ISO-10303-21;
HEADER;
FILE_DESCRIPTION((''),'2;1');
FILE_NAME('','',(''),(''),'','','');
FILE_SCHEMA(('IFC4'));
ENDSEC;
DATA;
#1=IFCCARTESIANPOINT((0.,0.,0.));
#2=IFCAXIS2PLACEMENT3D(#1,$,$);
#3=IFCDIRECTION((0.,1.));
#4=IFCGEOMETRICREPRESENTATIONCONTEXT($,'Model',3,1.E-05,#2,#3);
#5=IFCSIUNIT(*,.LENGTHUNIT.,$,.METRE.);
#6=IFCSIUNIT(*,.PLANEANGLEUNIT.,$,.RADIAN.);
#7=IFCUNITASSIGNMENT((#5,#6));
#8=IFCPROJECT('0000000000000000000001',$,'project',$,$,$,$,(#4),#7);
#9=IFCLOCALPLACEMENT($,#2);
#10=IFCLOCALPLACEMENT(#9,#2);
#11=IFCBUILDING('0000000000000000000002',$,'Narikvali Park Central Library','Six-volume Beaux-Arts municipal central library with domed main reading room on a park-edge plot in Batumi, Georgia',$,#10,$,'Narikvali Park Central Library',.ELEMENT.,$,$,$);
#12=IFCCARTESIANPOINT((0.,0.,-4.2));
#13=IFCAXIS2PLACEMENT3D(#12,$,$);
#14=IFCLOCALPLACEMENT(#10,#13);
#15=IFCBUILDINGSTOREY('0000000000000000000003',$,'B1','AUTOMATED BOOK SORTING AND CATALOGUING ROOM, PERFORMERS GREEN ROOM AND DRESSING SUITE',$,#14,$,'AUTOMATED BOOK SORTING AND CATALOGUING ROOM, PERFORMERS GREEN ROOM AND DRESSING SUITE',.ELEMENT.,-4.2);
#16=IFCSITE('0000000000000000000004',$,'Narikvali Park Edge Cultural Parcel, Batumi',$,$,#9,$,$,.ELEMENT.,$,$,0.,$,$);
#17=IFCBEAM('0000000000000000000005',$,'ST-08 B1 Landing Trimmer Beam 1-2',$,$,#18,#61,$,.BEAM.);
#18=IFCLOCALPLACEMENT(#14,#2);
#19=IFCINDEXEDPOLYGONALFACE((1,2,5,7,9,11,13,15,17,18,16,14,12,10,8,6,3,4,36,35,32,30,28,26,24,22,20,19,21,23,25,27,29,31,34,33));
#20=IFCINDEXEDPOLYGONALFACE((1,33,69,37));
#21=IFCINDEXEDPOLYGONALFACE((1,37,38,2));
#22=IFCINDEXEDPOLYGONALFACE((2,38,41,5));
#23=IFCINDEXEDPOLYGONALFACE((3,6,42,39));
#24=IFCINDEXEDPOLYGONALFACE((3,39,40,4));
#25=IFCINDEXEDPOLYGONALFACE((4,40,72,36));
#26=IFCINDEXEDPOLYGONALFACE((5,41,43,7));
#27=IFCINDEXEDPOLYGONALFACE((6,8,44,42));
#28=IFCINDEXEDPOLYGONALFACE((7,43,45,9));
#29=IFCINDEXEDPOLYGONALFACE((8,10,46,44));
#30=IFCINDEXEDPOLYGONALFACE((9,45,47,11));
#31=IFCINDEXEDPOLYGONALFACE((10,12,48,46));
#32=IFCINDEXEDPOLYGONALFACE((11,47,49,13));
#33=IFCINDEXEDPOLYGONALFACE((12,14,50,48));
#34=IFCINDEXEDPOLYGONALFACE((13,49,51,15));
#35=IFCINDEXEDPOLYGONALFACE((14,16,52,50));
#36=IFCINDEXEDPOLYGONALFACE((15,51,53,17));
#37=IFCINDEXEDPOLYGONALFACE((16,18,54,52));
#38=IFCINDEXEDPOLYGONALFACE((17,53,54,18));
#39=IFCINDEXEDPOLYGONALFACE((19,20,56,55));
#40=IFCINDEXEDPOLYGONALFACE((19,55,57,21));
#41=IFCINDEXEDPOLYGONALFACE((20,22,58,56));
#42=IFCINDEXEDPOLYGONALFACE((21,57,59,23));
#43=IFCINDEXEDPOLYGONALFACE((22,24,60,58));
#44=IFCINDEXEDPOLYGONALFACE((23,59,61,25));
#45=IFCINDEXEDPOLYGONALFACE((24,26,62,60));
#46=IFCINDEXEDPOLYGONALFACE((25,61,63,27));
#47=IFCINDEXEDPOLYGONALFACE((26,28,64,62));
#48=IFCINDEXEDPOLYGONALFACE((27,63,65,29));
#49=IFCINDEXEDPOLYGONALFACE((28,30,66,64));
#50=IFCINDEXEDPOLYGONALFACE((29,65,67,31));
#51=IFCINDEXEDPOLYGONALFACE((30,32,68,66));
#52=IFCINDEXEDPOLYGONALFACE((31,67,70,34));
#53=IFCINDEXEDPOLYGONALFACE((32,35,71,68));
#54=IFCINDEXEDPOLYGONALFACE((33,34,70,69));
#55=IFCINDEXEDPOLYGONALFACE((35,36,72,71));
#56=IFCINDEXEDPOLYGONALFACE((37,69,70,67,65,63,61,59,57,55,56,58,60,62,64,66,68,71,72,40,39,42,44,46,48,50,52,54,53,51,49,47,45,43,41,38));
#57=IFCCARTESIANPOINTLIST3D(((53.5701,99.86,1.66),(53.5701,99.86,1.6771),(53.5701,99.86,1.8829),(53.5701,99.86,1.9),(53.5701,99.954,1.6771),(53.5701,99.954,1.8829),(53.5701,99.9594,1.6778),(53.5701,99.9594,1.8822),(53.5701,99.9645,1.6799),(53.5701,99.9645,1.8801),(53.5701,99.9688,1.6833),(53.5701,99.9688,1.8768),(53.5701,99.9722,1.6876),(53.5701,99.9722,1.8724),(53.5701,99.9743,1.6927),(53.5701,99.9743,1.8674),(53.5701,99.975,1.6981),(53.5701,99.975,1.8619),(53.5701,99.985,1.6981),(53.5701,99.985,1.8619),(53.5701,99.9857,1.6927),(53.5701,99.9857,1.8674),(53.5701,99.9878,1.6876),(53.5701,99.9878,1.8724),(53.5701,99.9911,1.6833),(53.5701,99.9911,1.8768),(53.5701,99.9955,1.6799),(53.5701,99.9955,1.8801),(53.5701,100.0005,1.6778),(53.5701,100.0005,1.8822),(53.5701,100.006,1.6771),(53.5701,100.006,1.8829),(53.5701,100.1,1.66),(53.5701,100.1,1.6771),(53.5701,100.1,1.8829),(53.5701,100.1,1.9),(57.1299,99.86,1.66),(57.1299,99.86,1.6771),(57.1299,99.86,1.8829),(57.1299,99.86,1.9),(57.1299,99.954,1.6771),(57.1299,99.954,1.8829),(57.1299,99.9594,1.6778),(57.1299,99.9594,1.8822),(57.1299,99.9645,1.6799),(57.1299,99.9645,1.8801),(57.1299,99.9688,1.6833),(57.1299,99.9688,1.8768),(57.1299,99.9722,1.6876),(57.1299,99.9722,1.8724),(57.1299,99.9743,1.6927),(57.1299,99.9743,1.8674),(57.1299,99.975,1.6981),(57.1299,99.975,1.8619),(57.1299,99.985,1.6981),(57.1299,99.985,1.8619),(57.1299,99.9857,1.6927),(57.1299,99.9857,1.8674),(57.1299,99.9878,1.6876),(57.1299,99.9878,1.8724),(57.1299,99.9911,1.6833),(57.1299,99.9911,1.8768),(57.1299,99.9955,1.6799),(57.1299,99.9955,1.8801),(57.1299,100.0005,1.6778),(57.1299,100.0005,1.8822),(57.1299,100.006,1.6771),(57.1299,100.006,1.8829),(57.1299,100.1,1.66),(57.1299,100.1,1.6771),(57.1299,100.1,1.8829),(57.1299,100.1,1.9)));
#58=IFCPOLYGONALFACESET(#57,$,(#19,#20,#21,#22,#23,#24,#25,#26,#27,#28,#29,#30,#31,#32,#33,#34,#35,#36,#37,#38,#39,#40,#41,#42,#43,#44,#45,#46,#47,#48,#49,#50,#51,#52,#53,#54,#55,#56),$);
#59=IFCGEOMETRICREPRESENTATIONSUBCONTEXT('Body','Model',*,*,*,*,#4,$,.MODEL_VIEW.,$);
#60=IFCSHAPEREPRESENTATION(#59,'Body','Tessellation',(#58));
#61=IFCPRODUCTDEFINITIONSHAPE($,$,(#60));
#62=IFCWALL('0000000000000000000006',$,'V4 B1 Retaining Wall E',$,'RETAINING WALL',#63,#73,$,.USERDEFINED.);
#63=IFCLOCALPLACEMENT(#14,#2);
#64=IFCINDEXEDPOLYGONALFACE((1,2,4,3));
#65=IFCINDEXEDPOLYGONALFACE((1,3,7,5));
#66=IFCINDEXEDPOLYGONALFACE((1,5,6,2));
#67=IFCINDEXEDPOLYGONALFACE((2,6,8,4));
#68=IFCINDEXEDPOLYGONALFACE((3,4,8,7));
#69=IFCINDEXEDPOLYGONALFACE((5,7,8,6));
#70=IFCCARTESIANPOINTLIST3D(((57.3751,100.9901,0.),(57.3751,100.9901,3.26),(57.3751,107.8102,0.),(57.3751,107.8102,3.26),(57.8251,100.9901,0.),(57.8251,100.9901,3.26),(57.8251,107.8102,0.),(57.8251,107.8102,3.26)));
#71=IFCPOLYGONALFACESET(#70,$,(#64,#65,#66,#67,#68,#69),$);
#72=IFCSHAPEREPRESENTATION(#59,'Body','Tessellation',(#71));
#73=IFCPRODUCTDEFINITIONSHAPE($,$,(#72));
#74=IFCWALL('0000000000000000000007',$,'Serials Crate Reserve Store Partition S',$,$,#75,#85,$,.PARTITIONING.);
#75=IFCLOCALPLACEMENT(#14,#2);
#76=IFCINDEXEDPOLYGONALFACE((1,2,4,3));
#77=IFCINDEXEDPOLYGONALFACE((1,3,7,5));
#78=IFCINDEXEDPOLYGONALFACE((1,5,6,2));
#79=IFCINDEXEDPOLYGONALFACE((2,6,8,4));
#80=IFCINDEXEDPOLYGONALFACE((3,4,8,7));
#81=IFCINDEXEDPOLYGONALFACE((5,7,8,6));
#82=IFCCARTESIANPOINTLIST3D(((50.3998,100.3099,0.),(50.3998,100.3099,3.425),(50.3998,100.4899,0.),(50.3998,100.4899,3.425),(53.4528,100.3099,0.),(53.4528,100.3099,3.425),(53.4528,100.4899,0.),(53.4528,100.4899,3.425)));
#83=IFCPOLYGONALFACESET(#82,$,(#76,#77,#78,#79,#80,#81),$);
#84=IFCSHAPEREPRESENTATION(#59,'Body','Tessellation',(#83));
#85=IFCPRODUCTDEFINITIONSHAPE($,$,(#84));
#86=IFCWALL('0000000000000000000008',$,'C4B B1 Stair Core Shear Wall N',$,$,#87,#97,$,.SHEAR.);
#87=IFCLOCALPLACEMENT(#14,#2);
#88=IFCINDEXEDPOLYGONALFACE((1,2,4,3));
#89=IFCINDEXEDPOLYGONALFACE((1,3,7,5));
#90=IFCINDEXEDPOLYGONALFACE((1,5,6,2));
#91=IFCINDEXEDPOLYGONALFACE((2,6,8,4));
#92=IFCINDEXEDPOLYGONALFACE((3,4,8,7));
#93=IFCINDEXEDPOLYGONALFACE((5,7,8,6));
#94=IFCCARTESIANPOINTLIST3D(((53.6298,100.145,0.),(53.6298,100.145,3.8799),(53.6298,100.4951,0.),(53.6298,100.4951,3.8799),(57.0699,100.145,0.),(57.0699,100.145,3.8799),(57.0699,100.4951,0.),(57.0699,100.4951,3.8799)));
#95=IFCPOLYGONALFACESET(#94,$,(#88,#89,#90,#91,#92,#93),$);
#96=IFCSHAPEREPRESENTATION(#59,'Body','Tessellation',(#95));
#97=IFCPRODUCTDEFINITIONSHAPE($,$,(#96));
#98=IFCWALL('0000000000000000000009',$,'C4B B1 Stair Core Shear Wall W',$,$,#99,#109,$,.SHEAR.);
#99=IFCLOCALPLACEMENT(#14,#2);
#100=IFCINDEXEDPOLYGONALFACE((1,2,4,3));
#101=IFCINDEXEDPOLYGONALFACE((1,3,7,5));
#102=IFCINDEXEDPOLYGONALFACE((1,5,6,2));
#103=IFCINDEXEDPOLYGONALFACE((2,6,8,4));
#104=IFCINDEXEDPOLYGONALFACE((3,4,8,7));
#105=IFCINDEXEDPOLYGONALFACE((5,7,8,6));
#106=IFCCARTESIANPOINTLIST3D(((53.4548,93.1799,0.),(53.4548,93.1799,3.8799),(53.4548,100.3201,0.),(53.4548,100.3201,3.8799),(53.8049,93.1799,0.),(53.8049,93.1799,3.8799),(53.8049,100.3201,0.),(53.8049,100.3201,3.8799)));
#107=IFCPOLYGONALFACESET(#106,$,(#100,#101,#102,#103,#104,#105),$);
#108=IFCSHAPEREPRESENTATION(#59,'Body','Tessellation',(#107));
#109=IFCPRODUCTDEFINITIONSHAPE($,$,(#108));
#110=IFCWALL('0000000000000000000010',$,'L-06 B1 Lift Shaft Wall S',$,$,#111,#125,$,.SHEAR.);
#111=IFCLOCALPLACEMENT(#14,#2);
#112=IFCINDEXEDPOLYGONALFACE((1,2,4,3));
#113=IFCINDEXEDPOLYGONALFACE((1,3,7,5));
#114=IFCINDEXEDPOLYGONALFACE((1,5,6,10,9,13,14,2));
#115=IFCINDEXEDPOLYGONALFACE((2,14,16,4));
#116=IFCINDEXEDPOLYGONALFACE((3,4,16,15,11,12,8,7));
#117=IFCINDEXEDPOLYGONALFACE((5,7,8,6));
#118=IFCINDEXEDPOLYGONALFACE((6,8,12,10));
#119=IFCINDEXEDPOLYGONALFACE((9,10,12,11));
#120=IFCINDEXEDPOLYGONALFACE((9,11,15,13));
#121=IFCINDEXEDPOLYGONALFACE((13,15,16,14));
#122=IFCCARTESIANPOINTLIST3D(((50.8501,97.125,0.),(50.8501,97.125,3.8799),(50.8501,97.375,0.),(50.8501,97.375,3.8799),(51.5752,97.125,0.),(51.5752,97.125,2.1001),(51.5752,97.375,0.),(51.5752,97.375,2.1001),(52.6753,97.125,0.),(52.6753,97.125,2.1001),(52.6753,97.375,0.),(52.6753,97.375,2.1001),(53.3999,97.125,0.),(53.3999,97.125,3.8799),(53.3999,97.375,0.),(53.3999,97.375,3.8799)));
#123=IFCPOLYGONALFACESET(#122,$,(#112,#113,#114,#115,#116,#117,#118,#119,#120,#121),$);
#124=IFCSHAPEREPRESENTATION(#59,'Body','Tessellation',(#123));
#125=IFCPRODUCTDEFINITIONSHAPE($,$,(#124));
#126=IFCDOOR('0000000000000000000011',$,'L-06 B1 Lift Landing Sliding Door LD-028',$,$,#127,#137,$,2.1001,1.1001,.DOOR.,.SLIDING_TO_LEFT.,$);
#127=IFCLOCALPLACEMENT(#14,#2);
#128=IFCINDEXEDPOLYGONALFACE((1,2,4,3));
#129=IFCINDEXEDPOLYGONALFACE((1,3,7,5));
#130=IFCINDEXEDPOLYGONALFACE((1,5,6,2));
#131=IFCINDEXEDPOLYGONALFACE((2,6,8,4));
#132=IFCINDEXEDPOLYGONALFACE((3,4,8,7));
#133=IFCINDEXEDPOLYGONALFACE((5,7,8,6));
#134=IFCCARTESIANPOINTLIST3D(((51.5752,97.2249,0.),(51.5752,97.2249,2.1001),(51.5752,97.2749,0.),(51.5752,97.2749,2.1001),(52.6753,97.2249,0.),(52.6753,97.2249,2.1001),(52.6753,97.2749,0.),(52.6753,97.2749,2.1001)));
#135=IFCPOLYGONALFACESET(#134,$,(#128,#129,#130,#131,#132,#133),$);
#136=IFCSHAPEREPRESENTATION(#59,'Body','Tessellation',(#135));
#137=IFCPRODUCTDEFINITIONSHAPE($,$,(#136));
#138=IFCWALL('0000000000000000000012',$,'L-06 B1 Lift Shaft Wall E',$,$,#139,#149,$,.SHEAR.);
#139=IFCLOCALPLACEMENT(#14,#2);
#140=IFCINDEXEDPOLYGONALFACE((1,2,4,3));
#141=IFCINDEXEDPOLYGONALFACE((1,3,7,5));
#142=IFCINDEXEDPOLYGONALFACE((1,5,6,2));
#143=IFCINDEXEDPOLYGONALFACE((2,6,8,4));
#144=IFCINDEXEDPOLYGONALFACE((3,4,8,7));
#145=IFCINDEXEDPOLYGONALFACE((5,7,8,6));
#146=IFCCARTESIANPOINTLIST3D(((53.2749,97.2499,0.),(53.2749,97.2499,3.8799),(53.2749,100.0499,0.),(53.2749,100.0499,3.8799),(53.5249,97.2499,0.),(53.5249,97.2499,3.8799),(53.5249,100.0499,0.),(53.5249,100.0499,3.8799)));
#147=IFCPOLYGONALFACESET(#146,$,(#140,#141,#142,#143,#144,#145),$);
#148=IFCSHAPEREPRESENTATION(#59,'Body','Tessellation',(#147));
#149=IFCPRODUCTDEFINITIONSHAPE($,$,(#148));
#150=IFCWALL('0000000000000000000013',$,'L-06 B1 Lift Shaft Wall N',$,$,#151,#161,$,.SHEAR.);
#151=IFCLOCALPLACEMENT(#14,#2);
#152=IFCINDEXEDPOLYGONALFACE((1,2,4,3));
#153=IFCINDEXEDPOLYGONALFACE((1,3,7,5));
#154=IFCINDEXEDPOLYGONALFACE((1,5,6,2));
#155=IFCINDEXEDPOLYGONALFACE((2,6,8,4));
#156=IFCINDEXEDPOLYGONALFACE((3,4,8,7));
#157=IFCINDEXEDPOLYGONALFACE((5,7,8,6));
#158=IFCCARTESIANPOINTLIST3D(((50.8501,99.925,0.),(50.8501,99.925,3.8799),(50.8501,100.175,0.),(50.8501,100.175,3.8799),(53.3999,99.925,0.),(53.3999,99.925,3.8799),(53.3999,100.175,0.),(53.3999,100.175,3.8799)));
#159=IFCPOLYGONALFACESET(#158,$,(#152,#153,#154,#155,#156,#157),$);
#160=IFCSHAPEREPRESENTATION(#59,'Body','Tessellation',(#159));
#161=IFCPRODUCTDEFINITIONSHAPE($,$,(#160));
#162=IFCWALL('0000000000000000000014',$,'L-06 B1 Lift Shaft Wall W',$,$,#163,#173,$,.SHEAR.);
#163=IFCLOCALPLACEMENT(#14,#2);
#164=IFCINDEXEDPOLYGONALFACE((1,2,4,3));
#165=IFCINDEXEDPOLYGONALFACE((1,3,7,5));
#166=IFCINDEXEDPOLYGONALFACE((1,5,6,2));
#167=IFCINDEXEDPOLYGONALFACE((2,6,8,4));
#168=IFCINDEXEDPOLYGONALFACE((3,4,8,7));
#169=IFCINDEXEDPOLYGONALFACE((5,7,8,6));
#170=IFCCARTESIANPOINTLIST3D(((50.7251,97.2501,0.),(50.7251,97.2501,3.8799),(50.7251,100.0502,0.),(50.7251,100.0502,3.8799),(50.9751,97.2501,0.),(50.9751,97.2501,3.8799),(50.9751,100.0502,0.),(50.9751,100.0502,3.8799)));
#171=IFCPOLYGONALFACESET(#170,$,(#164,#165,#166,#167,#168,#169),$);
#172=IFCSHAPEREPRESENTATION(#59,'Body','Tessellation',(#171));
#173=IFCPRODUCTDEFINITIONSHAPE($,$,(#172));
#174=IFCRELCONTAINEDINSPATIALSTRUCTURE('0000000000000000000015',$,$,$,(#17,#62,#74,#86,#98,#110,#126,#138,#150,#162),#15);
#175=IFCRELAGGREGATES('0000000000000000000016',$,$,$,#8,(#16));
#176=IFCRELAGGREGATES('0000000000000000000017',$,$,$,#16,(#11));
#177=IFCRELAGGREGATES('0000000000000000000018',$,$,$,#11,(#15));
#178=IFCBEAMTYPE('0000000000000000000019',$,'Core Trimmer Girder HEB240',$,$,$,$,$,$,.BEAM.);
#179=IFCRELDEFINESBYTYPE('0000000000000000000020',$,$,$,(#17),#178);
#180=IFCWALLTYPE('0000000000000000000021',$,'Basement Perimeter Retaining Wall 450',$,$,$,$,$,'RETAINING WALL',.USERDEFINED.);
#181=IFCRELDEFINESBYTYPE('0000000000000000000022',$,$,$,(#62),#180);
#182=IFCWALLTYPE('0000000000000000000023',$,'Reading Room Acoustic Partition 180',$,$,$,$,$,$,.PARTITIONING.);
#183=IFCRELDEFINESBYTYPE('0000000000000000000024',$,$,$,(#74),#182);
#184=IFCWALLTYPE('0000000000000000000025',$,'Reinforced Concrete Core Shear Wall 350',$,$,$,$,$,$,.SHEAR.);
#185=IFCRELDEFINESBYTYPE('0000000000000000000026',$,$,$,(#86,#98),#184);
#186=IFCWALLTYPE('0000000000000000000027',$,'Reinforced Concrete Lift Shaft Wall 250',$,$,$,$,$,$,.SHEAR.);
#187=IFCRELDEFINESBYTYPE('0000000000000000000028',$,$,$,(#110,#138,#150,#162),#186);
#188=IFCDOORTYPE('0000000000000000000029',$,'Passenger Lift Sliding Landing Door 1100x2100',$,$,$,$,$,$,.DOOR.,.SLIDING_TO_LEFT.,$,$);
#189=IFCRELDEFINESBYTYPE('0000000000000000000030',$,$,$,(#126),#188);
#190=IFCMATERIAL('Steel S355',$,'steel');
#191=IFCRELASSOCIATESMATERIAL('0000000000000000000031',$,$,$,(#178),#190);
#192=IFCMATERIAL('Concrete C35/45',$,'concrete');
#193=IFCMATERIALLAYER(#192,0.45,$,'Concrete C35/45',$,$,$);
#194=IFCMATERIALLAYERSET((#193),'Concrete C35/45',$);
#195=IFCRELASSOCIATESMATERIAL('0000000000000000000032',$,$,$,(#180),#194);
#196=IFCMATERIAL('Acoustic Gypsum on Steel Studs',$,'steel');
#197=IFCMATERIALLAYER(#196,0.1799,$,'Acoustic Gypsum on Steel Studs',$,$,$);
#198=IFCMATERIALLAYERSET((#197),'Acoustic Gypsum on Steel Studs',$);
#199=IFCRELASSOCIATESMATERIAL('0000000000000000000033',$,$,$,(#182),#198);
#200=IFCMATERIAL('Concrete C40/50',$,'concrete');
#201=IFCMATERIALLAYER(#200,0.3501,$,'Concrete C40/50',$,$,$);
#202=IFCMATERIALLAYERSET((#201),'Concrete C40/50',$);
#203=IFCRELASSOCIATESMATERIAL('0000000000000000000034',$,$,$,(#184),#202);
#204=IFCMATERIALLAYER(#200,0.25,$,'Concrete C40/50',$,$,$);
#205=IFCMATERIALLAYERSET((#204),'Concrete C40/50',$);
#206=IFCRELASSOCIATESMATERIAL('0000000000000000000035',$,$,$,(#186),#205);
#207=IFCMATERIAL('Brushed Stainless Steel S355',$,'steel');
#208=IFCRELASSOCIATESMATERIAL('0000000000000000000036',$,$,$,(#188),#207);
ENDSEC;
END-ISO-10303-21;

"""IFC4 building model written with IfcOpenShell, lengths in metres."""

from ifc_helpers import new_model, si_unit, direction, frame, frame_2d, origin, origin_2d, place, context, subcontext, project, spatial, rectangle, i_section, extrude, material, layer, layer_set, material_profile, profile_set, type_object, element, fill, save


model = new_model("IFC4")

# Units and contexts
model_context = context("Model", 3, precision=1e-05, world=origin(), true_north=direction((0.0, 1.0)))
body_context = subcontext(model_context, "Body", "Model", "MODEL_VIEW")
ifc_project = project(units=[si_unit("LENGTHUNIT", "METRE"), si_unit("PLANEANGLEUNIT", "RADIAN")], contexts=[model_context])

# Site, building, storey
site_placement = place(None, origin())
site = spatial("IfcSite", under=ifc_project, at=site_placement, Name="Narikvali Park Edge Cultural Parcel, Batumi", CompositionType="ELEMENT", RefElevation=0.0)
building_placement = place(site_placement, origin())
building = spatial("IfcBuilding", under=site, at=building_placement, Name="Narikvali Park Central Library", Description="Six-volume Beaux-Arts municipal central library with domed main reading room on a park-edge plot in Batumi, Georgia", LongName="Narikvali Park Central Library", CompositionType="ELEMENT")
storey_placement = place(building_placement, frame((0.0, 0.0, -4.2)))
storey = spatial("IfcBuildingStorey", under=building, at=storey_placement, Name="B1", Description="AUTOMATED BOOK SORTING AND CATALOGUING ROOM, PERFORMERS GREEN ROOM AND DRESSING SUITE", LongName="AUTOMATED BOOK SORTING AND CATALOGUING ROOM, PERFORMERS GREEN ROOM AND DRESSING SUITE", CompositionType="ELEMENT", Elevation=-4.2)

# Shared definitions
ifc_material_1 = material(Name="Concrete C35/45", Category="concrete")

# Shared definitions
ifc_material_2 = material(Name="Steel S355", Category="steel")

# Beam
ifc_material_profile_1 = material_profile(ifc_material_2, i_section(OverallWidth=0.24, OverallDepth=0.24, WebThickness=0.01, FlangeThickness=0.0171, FilletRadius=0.021, at=origin_2d()), Name="HEB 240")
ifc_profile_set_1 = profile_set([ifc_material_profile_1], Name="Steel S355")
beam_type = type_object("IfcBeamType", Name="Core Trimmer Girder HEB240", PredefinedType="BEAM", material=ifc_profile_set_1)
for number, where, z_axis, x_axis, name in (
    (1, (53.5701, 99.98, 1.78), (1.0, 0.0, 0.0), (0.0, 1.0, 0.0), "ST-08 B1 Landing Trimmer Beam 1-2"),
):
    element("IfcBeam", number, at=place(storey_placement, frame(where, z_axis=z_axis, x_axis=x_axis)), inside=storey, type_object=beam_type, Name=name, PredefinedType="BEAM", context=body_context, shape_type="SweptSolid", body=[
        extrude(i_section(OverallWidth=0.24, OverallDepth=0.24, WebThickness=0.01, FlangeThickness=0.0171, FilletRadius=0.021, at=origin_2d()), origin(), (0.0, 0.0, 1.0), 3.5598),
    ])

# Walls
ifc_layer_1 = layer(ifc_material_1, 0.45, Name="Concrete C35/45")
ifc_layer_set_1 = layer_set([ifc_layer_1], Name="Concrete C35/45")
wall_type_1 = type_object("IfcWallType", Name="Basement Perimeter Retaining Wall 450", ElementType="RETAINING WALL", PredefinedType="USERDEFINED", material=ifc_layer_set_1)
wall_1_placement = place(storey_placement, frame((57.6001, 100.99, 0.0), z_axis=(0.0, 0.0, 1.0), x_axis=(0.0, 1.0, 0.0)))
element("IfcWall", 2, at=wall_1_placement, inside=storey, type_object=wall_type_1, Name="V4 B1 Retaining Wall E", ObjectType="RETAINING WALL", PredefinedType="USERDEFINED", context=body_context, shape_type="SweptSolid", body=[
    extrude(rectangle(XDim=6.8201, YDim=0.45, at=frame_2d((3.4102, 0.0))), origin(), (0.0, 0.0, 1.0), 3.26),
])
ifc_material_3 = material(Name="Acoustic Gypsum on Steel Studs", Category="steel")
ifc_layer_2 = layer(ifc_material_3, 0.1799, Name="Acoustic Gypsum on Steel Studs")
ifc_layer_set_2 = layer_set([ifc_layer_2], Name="Acoustic Gypsum on Steel Studs")
wall_type_2 = type_object("IfcWallType", Name="Reading Room Acoustic Partition 180", PredefinedType="PARTITIONING", material=ifc_layer_set_2)
wall_2_placement = place(storey_placement, frame((50.3999, 100.3999, 0.0), z_axis=(0.0, 0.0, 1.0), x_axis=(1.0, 0.0, 0.0)))
element("IfcWall", 3, at=wall_2_placement, inside=storey, type_object=wall_type_2, Name="Serials Crate Reserve Store Partition S", PredefinedType="PARTITIONING", context=body_context, shape_type="SweptSolid", body=[
    extrude(rectangle(XDim=3.053, YDim=0.1799, at=frame_2d((1.5264, 0.0))), origin(), (0.0, 0.0, 1.0), 3.425),
])

# Walls
ifc_material_4 = material(Name="Concrete C40/50", Category="concrete")
ifc_layer_3 = layer(ifc_material_4, 0.3501, Name="Concrete C40/50")
ifc_layer_set_3 = layer_set([ifc_layer_3], Name="Concrete C40/50")
wall_type_3 = type_object("IfcWallType", Name="Reinforced Concrete Core Shear Wall 350", PredefinedType="SHEAR", material=ifc_layer_set_3)
wall_3_placement = place(storey_placement, frame((57.0701, 100.3201, 0.0), z_axis=(0.0, 0.0, 1.0), x_axis=(-1.0, 0.0, 0.0)))
element("IfcWall", 4, at=wall_3_placement, inside=storey, type_object=wall_type_3, Name="C4B B1 Stair Core Shear Wall N", PredefinedType="SHEAR", context=body_context, shape_type="SweptSolid", body=[
    extrude(rectangle(XDim=3.4402, YDim=0.3501, at=frame_2d((1.7202, 0.0))), origin(), (0.0, 0.0, 1.0), 3.8799),
])
wall_4_placement = place(storey_placement, frame((53.6299, 100.3201, 0.0), z_axis=(0.0, 0.0, 1.0), x_axis=(0.0, -1.0, 0.0)))
element("IfcWall", 5, at=wall_4_placement, inside=storey, type_object=wall_type_3, Name="C4B B1 Stair Core Shear Wall W", PredefinedType="SHEAR", context=body_context, shape_type="SweptSolid", body=[
    extrude(rectangle(XDim=7.1401, YDim=0.3501, at=frame_2d((3.5701, 0.0))), origin(), (0.0, 0.0, 1.0), 3.8799),
])

# Wall, opening, door
ifc_layer_4 = layer(ifc_material_4, 0.25, Name="Concrete C40/50")
ifc_layer_set_4 = layer_set([ifc_layer_4], Name="Concrete C40/50")
wall_type_4 = type_object("IfcWallType", Name="Reinforced Concrete Lift Shaft Wall 250", PredefinedType="SHEAR", material=ifc_layer_set_4)
wall_5_placement = place(storey_placement, frame((50.8501, 97.25, 0.0), z_axis=(0.0, 0.0, 1.0), x_axis=(1.0, 0.0, 0.0)))
wall_5 = element("IfcWall", 6, at=wall_5_placement, inside=storey, type_object=wall_type_4, Name="L-06 B1 Lift Shaft Wall S", PredefinedType="SHEAR", context=body_context, shape_type="SweptSolid", body=[
    extrude(rectangle(XDim=2.5498, YDim=0.25, at=frame_2d((1.2749, 0.0))), origin(), (0.0, 0.0, 1.0), 3.8799),
])
opening_1_placement = place(wall_5_placement, frame((0.7251, 0.0, 0.0)))
opening_1 = element("IfcOpeningElement", 7, at=opening_1_placement, cuts=wall_5, PredefinedType="OPENING", context=body_context, shape_type="SweptSolid", body=[
    extrude(rectangle(XDim=1.1001, YDim=2.1001, at=frame_2d((0.55, 1.05))), frame((0.0, 0.137, 0.0), z_axis=(0.0, -1.0, 0.0), x_axis=(1.0, 0.0, 0.0)), (0.0, 0.0, 1.0), 0.2739),
])
ifc_material_5 = material(Name="Brushed Stainless Steel S355", Category="steel")
door_type_1 = type_object("IfcDoorType", Name="Passenger Lift Sliding Landing Door 1100x2100", OperationType="SLIDING_TO_LEFT", PredefinedType="DOOR", material=ifc_material_5)
door_1_placement = place(opening_1_placement, origin())
door_1 = element("IfcDoor", 8, at=door_1_placement, inside=storey, type_object=door_type_1, Name="L-06 B1 Lift Landing Sliding Door LD-028", OperationType="SLIDING_TO_LEFT", OverallHeight=2.1001, OverallWidth=1.1001, PredefinedType="DOOR", context=body_context, shape_type="SweptSolid", body=[
    extrude(rectangle(XDim=1.1001, YDim=2.1001, at=frame_2d((0.55, 1.05))), frame((0.0, 0.0249, 0.0), z_axis=(0.0, -1.0, 0.0), x_axis=(1.0, 0.0, 0.0)), (0.0, 0.0, 1.0), 0.05),
])
fill(opening_1, door_1)

# Walls
wall_6_placement = place(storey_placement, frame((53.3999, 97.25, 0.0), z_axis=(0.0, 0.0, 1.0), x_axis=(0.0, 1.0, 0.0)))
element("IfcWall", 9, at=wall_6_placement, inside=storey, type_object=wall_type_4, Name="L-06 B1 Lift Shaft Wall E", PredefinedType="SHEAR", context=body_context, shape_type="SweptSolid", body=[
    extrude(rectangle(XDim=2.8, YDim=0.25, at=frame_2d((1.3999, 0.0))), origin(), (0.0, 0.0, 1.0), 3.8799),
])
wall_7_placement = place(storey_placement, frame((53.3999, 100.05, 0.0), z_axis=(0.0, 0.0, 1.0), x_axis=(-1.0, 0.0, 0.0)))
element("IfcWall", 10, at=wall_7_placement, inside=storey, type_object=wall_type_4, Name="L-06 B1 Lift Shaft Wall N", PredefinedType="SHEAR", context=body_context, shape_type="SweptSolid", body=[
    extrude(rectangle(XDim=2.5498, YDim=0.25, at=frame_2d((1.2749, 0.0))), origin(), (0.0, 0.0, 1.0), 3.8799),
])
wall_8_placement = place(storey_placement, frame((50.8501, 100.05, 0.0), z_axis=(0.0, 0.0, 1.0), x_axis=(0.0, -1.0, 0.0)))
element("IfcWall", 11, at=wall_8_placement, inside=storey, type_object=wall_type_4, Name="L-06 B1 Lift Shaft Wall W", PredefinedType="SHEAR", context=body_context, shape_type="SweptSolid", body=[
    extrude(rectangle(XDim=2.8, YDim=0.25, at=frame_2d((1.3999, 0.0))), origin(), (0.0, 0.0, 1.0), 3.8799),
])

save(model, "model.ifc")
